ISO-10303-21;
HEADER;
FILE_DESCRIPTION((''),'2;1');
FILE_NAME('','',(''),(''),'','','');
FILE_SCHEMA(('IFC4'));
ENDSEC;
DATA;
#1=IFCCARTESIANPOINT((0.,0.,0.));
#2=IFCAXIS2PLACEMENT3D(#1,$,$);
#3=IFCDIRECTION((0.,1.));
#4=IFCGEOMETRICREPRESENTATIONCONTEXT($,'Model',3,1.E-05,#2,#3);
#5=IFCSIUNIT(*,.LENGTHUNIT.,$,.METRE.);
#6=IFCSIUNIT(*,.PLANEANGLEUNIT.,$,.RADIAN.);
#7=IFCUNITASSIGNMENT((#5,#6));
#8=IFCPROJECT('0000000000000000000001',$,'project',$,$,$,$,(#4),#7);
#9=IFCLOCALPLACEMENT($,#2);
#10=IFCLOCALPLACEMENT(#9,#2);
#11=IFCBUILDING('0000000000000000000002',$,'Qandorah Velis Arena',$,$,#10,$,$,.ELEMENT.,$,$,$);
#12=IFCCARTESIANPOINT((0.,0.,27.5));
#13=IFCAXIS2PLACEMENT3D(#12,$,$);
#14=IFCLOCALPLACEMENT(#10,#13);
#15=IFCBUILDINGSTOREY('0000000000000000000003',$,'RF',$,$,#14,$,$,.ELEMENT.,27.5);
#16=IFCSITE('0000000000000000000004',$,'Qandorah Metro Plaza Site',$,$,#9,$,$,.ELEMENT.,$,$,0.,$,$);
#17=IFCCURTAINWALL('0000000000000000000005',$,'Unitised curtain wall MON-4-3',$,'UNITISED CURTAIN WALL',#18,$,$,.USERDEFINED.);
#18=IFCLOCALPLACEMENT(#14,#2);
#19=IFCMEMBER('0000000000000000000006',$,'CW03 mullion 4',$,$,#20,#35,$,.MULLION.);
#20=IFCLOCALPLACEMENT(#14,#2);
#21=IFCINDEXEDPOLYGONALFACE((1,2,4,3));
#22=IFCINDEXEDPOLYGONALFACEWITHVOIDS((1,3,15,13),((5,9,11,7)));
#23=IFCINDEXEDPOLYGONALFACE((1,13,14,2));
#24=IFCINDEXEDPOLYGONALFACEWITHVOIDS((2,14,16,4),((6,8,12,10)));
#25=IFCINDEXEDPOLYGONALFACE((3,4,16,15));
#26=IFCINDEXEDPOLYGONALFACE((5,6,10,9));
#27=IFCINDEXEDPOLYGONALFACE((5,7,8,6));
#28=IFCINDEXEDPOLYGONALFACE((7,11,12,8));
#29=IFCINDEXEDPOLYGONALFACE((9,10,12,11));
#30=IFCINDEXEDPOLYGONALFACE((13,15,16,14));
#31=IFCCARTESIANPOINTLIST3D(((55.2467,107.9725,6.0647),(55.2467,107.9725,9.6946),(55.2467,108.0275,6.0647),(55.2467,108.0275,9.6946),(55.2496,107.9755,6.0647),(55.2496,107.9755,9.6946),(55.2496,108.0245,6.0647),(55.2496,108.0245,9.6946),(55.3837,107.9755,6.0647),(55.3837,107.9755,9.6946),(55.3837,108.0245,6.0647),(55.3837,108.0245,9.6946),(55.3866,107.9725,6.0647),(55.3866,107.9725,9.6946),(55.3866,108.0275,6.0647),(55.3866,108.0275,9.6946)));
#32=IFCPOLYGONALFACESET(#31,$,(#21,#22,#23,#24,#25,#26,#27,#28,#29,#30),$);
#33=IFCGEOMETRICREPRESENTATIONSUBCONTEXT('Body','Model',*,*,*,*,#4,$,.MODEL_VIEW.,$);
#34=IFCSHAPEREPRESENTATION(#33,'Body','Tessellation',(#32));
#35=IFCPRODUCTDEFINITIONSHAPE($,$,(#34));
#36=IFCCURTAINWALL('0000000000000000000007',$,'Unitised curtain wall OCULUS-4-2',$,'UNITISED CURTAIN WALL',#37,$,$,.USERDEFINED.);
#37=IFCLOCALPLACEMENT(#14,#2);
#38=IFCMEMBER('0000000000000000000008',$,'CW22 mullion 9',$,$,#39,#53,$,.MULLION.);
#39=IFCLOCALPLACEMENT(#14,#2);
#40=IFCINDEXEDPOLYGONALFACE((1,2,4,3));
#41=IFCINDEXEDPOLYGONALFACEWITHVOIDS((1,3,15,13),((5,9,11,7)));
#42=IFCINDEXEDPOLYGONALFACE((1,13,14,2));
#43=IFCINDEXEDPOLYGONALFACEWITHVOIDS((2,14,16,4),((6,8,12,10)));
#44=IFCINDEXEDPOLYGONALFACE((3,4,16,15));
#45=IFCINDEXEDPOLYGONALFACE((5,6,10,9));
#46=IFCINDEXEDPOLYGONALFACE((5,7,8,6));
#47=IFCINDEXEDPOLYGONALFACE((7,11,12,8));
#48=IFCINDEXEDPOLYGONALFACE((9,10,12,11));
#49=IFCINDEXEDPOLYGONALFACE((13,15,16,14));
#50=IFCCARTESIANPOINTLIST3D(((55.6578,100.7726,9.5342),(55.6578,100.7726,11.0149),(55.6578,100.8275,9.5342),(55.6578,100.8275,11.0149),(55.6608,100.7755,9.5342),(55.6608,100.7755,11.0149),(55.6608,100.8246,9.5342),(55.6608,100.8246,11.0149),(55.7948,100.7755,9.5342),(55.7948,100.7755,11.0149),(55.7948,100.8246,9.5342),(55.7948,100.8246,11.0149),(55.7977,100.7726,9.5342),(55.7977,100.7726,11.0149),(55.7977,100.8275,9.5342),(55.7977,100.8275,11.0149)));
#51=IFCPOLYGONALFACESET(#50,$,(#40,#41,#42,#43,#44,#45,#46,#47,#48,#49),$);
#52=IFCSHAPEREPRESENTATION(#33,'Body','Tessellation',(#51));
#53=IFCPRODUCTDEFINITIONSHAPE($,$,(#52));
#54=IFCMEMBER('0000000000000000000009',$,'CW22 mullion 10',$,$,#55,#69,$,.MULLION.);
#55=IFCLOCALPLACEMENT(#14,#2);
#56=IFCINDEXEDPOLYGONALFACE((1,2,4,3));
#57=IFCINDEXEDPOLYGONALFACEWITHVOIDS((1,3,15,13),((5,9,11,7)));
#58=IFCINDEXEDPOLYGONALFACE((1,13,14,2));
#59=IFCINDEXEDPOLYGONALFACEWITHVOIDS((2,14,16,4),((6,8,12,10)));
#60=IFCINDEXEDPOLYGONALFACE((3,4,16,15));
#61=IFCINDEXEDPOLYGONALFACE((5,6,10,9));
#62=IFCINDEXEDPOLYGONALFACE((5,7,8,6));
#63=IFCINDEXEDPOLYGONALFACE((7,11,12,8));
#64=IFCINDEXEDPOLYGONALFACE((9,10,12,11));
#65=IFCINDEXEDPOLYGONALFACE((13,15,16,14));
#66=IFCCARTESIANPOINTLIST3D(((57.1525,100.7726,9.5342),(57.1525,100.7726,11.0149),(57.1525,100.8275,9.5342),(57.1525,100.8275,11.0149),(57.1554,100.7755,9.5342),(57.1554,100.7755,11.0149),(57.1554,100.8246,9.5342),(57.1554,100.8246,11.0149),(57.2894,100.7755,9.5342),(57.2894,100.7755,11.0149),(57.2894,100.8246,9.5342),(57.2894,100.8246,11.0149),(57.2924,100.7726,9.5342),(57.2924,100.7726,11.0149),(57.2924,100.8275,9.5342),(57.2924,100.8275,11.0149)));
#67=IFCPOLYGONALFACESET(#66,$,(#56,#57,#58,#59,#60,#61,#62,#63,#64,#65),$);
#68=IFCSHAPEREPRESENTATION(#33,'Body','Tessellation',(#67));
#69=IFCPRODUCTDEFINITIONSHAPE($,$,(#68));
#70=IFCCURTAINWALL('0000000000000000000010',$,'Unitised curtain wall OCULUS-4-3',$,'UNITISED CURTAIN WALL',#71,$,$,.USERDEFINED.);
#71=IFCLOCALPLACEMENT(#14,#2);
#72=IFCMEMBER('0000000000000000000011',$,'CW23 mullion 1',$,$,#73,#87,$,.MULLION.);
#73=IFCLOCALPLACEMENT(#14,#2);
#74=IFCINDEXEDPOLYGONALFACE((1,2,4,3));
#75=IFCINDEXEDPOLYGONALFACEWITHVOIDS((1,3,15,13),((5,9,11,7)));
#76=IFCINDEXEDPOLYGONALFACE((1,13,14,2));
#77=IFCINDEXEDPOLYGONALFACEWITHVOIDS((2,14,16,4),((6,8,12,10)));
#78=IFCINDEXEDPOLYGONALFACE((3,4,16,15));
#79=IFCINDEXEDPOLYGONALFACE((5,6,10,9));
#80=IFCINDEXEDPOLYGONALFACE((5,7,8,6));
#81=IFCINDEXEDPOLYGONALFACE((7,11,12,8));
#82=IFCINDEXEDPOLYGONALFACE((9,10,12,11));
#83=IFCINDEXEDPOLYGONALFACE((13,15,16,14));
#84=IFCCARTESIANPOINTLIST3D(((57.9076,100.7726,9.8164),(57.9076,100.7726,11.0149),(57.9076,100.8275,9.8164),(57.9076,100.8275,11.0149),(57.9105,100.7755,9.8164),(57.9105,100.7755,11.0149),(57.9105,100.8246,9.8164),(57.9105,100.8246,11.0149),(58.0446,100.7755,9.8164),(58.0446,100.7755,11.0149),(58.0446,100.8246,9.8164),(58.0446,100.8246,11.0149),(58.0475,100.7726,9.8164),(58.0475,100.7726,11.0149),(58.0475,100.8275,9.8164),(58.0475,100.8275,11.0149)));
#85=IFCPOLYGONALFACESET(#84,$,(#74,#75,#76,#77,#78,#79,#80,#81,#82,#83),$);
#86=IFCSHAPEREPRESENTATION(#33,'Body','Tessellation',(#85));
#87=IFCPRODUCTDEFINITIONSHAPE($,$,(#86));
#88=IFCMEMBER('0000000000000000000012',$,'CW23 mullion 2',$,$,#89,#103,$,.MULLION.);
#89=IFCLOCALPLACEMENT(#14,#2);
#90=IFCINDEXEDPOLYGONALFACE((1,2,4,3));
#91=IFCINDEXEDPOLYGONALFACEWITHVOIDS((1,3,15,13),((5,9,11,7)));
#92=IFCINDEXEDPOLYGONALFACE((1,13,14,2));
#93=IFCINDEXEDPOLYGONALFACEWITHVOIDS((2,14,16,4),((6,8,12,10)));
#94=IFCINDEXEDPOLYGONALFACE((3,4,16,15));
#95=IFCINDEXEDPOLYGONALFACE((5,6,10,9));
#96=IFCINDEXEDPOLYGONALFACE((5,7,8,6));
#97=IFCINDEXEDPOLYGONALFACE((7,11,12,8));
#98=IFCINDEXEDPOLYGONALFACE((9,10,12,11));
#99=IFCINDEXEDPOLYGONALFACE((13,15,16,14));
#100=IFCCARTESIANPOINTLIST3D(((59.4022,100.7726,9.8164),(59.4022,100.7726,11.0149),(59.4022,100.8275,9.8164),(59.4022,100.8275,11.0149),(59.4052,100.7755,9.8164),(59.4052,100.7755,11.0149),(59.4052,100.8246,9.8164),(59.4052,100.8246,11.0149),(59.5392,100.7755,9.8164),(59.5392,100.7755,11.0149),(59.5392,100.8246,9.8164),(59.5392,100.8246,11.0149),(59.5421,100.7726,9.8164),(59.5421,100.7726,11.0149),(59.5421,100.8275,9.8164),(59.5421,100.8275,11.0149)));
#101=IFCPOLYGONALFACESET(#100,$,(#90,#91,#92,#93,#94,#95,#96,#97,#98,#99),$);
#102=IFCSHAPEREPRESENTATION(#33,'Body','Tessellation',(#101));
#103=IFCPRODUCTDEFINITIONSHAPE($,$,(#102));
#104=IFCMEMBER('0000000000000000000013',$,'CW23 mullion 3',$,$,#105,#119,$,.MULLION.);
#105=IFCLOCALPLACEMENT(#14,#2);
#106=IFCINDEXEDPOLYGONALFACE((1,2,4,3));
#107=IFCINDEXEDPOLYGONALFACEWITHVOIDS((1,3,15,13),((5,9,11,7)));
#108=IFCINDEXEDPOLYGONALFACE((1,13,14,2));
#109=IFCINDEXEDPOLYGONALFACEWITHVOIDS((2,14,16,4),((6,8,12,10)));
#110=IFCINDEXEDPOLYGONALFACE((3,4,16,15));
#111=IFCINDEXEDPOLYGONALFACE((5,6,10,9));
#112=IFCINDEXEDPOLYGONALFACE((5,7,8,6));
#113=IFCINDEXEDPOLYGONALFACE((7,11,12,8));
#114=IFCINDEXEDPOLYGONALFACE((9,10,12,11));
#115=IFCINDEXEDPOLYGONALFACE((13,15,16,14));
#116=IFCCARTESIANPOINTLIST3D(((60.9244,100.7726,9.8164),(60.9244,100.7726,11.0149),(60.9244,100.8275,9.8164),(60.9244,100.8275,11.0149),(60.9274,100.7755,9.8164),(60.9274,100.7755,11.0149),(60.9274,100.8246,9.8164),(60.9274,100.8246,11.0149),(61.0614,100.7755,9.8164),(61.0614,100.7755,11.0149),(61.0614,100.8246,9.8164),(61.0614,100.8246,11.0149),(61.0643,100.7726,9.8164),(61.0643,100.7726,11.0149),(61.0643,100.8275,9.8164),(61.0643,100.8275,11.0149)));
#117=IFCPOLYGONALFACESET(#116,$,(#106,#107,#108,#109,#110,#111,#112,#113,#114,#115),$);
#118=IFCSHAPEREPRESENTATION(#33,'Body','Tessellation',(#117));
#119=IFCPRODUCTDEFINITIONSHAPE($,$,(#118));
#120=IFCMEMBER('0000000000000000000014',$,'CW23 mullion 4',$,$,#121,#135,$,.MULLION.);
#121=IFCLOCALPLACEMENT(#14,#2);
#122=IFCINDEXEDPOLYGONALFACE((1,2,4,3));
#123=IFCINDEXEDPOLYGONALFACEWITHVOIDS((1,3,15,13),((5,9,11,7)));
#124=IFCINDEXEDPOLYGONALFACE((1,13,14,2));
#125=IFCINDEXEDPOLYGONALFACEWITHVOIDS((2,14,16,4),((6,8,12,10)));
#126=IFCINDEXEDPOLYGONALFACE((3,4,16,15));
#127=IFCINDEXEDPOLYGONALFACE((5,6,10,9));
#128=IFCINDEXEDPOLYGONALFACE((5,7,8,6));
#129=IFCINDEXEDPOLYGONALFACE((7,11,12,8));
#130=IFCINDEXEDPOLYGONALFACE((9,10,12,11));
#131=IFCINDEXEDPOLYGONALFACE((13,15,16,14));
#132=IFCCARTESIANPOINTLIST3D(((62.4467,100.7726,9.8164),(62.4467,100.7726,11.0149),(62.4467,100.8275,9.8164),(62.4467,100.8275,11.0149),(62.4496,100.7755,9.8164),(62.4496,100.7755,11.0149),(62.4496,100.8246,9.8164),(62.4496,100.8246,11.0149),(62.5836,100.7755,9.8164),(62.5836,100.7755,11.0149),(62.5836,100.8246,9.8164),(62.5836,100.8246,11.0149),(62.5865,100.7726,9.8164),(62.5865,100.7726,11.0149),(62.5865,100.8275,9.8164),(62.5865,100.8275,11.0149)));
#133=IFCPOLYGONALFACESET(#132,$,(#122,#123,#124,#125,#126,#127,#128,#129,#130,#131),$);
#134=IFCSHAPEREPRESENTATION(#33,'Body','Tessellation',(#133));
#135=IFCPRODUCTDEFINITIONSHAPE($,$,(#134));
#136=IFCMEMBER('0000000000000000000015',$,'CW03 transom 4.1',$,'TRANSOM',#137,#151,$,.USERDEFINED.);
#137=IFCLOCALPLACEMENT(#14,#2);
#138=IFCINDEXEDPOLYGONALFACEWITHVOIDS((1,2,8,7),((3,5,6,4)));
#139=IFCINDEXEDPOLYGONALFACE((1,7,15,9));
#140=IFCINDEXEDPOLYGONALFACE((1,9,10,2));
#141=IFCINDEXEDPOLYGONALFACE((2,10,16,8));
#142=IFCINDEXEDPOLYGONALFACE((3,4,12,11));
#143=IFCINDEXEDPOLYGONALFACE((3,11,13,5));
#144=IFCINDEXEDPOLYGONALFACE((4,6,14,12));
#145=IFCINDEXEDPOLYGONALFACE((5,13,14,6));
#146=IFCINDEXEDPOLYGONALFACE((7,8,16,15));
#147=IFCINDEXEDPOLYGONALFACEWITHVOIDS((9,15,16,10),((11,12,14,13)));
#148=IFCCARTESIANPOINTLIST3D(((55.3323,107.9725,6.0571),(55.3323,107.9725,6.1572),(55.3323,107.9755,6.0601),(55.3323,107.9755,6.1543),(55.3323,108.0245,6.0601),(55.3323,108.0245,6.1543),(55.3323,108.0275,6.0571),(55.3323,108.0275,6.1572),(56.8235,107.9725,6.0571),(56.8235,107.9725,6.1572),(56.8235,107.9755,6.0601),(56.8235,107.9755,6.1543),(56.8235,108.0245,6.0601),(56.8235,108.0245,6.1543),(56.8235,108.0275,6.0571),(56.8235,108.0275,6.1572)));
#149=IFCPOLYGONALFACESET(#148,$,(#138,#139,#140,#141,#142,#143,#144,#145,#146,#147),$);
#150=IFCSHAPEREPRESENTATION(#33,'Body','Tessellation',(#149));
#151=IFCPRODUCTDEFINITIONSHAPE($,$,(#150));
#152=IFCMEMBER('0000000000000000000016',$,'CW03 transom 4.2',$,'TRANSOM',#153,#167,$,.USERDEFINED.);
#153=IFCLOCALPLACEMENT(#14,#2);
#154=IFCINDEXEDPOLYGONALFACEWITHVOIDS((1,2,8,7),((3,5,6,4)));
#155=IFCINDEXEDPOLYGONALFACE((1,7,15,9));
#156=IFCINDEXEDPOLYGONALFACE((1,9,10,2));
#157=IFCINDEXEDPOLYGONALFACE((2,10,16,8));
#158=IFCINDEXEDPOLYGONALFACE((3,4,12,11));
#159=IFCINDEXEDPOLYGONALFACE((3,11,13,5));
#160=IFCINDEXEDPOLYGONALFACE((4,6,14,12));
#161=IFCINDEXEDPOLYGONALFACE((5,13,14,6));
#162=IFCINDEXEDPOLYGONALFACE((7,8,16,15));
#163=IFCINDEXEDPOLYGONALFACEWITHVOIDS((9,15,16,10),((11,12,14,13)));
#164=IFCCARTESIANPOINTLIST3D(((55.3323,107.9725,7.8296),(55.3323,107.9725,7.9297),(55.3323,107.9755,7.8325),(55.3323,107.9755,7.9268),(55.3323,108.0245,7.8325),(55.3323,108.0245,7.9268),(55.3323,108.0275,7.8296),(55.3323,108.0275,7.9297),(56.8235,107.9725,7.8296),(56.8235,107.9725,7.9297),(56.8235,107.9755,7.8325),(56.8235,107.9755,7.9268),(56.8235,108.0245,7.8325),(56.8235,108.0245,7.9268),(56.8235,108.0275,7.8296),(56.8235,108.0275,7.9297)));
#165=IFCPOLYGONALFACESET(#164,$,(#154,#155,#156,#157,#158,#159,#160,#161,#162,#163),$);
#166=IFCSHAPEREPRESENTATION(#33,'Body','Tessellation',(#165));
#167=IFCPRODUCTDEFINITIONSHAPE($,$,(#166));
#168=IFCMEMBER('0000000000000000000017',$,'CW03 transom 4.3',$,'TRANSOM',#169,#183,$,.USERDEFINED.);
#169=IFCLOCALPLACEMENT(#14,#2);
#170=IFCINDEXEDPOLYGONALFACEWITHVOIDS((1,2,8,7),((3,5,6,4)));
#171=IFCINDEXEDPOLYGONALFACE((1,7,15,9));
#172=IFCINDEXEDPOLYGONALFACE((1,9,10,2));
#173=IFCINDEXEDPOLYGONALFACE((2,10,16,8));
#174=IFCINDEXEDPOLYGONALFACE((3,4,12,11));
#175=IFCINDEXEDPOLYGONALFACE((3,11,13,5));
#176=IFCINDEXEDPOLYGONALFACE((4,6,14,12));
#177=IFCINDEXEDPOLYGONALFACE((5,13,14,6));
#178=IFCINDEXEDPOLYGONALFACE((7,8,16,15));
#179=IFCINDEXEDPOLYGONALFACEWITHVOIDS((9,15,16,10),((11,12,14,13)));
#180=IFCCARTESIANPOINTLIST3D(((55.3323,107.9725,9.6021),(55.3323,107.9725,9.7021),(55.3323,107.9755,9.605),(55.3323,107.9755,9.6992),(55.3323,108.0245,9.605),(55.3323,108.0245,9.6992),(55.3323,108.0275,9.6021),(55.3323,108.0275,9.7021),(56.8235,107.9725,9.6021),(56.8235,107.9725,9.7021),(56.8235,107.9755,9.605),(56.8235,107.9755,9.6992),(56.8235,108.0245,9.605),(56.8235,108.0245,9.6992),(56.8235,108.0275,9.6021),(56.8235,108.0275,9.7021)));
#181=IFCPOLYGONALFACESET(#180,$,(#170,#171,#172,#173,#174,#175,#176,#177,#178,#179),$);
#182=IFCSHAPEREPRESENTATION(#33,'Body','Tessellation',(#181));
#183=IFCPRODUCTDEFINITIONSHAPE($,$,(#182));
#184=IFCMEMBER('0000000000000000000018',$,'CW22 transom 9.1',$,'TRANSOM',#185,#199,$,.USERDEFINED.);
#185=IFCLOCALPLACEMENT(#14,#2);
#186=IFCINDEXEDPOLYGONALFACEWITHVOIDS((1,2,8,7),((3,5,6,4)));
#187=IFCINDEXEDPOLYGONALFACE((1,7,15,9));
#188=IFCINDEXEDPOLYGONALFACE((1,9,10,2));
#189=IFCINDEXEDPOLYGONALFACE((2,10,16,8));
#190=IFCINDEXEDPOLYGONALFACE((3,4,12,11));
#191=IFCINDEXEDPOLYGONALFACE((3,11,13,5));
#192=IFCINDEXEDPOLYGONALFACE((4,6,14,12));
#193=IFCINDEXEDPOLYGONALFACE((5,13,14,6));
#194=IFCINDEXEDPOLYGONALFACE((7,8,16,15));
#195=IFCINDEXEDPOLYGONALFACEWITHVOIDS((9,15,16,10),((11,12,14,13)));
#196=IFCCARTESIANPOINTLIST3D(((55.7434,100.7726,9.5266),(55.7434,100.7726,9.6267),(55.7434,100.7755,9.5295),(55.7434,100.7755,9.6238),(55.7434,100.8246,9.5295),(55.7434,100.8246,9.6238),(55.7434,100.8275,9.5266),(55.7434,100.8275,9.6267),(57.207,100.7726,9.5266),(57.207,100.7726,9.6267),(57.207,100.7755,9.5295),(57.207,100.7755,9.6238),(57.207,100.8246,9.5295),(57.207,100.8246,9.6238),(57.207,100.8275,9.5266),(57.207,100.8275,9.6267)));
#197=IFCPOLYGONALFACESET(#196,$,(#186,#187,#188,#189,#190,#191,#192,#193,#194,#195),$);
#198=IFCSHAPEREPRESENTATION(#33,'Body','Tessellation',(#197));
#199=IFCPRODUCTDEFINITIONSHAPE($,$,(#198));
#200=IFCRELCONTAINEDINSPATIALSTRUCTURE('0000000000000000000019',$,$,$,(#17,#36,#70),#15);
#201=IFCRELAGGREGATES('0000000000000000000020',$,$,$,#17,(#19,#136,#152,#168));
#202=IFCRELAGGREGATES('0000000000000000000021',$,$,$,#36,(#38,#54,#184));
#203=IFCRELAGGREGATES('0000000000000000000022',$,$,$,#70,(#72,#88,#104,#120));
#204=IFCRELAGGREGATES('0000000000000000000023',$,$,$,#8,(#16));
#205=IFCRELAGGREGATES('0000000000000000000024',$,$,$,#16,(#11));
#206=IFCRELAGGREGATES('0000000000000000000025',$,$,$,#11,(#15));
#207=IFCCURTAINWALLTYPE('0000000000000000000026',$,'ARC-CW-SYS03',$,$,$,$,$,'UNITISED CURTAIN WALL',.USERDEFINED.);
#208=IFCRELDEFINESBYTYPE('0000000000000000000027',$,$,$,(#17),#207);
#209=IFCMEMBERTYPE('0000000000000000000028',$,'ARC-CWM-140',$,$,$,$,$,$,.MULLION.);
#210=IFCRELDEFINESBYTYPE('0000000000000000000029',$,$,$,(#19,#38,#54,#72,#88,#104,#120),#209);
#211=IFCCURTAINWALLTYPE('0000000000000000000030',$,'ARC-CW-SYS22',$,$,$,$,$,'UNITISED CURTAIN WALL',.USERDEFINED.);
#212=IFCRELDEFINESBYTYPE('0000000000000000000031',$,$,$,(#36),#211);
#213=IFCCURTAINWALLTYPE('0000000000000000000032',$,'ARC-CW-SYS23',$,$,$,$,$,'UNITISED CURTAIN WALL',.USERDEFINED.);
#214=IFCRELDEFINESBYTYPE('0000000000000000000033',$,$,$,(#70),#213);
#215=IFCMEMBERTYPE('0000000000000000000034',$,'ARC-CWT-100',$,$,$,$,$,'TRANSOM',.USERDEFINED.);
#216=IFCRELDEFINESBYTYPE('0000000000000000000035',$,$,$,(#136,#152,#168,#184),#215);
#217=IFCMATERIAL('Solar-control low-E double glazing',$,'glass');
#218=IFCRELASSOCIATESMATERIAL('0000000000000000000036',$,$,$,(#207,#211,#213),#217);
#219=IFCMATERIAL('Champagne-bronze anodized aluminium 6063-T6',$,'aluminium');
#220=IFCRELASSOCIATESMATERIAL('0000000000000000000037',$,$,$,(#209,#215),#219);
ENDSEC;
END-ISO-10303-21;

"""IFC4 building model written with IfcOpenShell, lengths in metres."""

from ifc_helpers import new_model, si_unit, direction, frame, origin, origin_2d, place, context, subcontext, project, spatial, hollow_rectangle, extrude, material, material_profile, profile_set, type_object, element, aggregate, save


model = new_model("IFC4")

# Units and contexts
model_context = context("Model", 3, precision=1e-05, world=origin(), true_north=direction((0.0, 1.0)))
body_context = subcontext(model_context, "Body", "Model", "MODEL_VIEW")
ifc_project = project(units=[si_unit("LENGTHUNIT", "METRE"), si_unit("PLANEANGLEUNIT", "RADIAN")], contexts=[model_context])

# Site, building, storey
site_placement = place(None, origin())
site = spatial("IfcSite", under=ifc_project, at=site_placement, Name="Qandorah Metro Plaza Site", CompositionType="ELEMENT", RefElevation=0.0)
building_placement = place(site_placement, origin())
building = spatial("IfcBuilding", under=site, at=building_placement, Name="Qandorah Velis Arena", CompositionType="ELEMENT")
storey_placement = place(building_placement, frame((0.0, 0.0, 27.5)))
storey = spatial("IfcBuildingStorey", under=building, at=storey_placement, Name="RF", CompositionType="ELEMENT", Elevation=27.5)

# Curtain wall, member
ifc_material_1 = material(Name="Solar-control low-E double glazing", Category="glass")
curtain_wall_type_1 = type_object("IfcCurtainWallType", Name="ARC-CW-SYS03", ElementType="UNITISED CURTAIN WALL", PredefinedType="USERDEFINED", material=ifc_material_1)
curtain_wall_1_placement = place(storey_placement, origin())
curtain_wall_1 = element("IfcCurtainWall", 1, at=curtain_wall_1_placement, inside=storey, type_object=curtain_wall_type_1, Name="Unitised curtain wall MON-4-3", ObjectType="UNITISED CURTAIN WALL", PredefinedType="USERDEFINED")
ifc_material_2 = material(Name="Champagne-bronze anodized aluminium 6063-T6", Category="aluminium")
ifc_material_profile_1 = material_profile(ifc_material_2, hollow_rectangle(XDim=0.0549, YDim=0.1399, WallThickness=0.0029, at=origin_2d()), Name="ALU MULLION 55x140")
ifc_profile_set_1 = profile_set([ifc_material_profile_1], Name="Champagne-bronze anodized aluminium 6063-T6")
member_type_1 = type_object("IfcMemberType", Name="ARC-CWM-140", PredefinedType="MULLION", material=ifc_profile_set_1)
member_1_placement = place(storey_placement, frame((55.3167, 108.0, 6.0647), z_axis=(0.0, 0.0, 1.0), x_axis=(0.0, 1.0, 0.0)))
member_1 = element("IfcMember", 2, at=member_1_placement, type_object=member_type_1, Name="CW03 mullion 4", PredefinedType="MULLION", context=body_context, shape_type="SweptSolid", body=[
    extrude(hollow_rectangle(XDim=0.0549, YDim=0.1399, WallThickness=0.0029, at=origin_2d()), origin(), (0.0, 0.0, 1.0), 3.6299),
])

# Curtain walls, members
curtain_wall_type_2 = type_object("IfcCurtainWallType", Name="ARC-CW-SYS22", ElementType="UNITISED CURTAIN WALL", PredefinedType="USERDEFINED", material=ifc_material_1)
curtain_wall_2_placement = place(storey_placement, origin())
curtain_wall_2 = element("IfcCurtainWall", 3, at=curtain_wall_2_placement, inside=storey, type_object=curtain_wall_type_2, Name="Unitised curtain wall OCULUS-4-2", ObjectType="UNITISED CURTAIN WALL", PredefinedType="USERDEFINED")
member_2_placement = place(storey_placement, frame((55.7278, 100.8, 9.5342), z_axis=(0.0, 0.0, 1.0), x_axis=(0.0, 1.0, 0.0)))
member_2 = element("IfcMember", 4, at=member_2_placement, type_object=member_type_1, Name="CW22 mullion 9", PredefinedType="MULLION", context=body_context, shape_type="SweptSolid", body=[
    extrude(hollow_rectangle(XDim=0.0549, YDim=0.1399, WallThickness=0.0029, at=origin_2d()), origin(), (0.0, 0.0, 1.0), 1.4807),
])
member_3_placement = place(storey_placement, frame((57.2224, 100.8, 9.5342), z_axis=(0.0, 0.0, 1.0), x_axis=(0.0, 1.0, 0.0)))
member_3 = element("IfcMember", 5, at=member_3_placement, type_object=member_type_1, Name="CW22 mullion 10", PredefinedType="MULLION", context=body_context, shape_type="SweptSolid", body=[
    extrude(hollow_rectangle(XDim=0.0549, YDim=0.1399, WallThickness=0.0029, at=origin_2d()), origin(), (0.0, 0.0, 1.0), 1.4807),
])
curtain_wall_type_3 = type_object("IfcCurtainWallType", Name="ARC-CW-SYS23", ElementType="UNITISED CURTAIN WALL", PredefinedType="USERDEFINED", material=ifc_material_1)
curtain_wall_3_placement = place(storey_placement, origin())
curtain_wall_3 = element("IfcCurtainWall", 6, at=curtain_wall_3_placement, inside=storey, type_object=curtain_wall_type_3, Name="Unitised curtain wall OCULUS-4-3", ObjectType="UNITISED CURTAIN WALL", PredefinedType="USERDEFINED")
member_4_placement = place(storey_placement, frame((57.9775, 100.8, 9.8164), z_axis=(0.0, 0.0, 1.0), x_axis=(0.0, 1.0, 0.0)))
member_4 = element("IfcMember", 7, at=member_4_placement, type_object=member_type_1, Name="CW23 mullion 1", PredefinedType="MULLION", context=body_context, shape_type="SweptSolid", body=[
    extrude(hollow_rectangle(XDim=0.0549, YDim=0.1399, WallThickness=0.0029, at=origin_2d()), origin(), (0.0, 0.0, 1.0), 1.1985),
])
member_5_placement = place(storey_placement, frame((59.4722, 100.8, 9.8164), z_axis=(0.0, 0.0, 1.0), x_axis=(0.0, 1.0, 0.0)))
member_5 = element("IfcMember", 8, at=member_5_placement, type_object=member_type_1, Name="CW23 mullion 2", PredefinedType="MULLION", context=body_context, shape_type="SweptSolid", body=[
    extrude(hollow_rectangle(XDim=0.0549, YDim=0.1399, WallThickness=0.0029, at=origin_2d()), origin(), (0.0, 0.0, 1.0), 1.1985),
])
member_6_placement = place(storey_placement, frame((60.9944, 100.8, 9.8164), z_axis=(0.0, 0.0, 1.0), x_axis=(0.0, 1.0, 0.0)))
member_6 = element("IfcMember", 9, at=member_6_placement, type_object=member_type_1, Name="CW23 mullion 3", PredefinedType="MULLION", context=body_context, shape_type="SweptSolid", body=[
    extrude(hollow_rectangle(XDim=0.0549, YDim=0.1399, WallThickness=0.0029, at=origin_2d()), origin(), (0.0, 0.0, 1.0), 1.1985),
])
member_7_placement = place(storey_placement, frame((62.5166, 100.8, 9.8164), z_axis=(0.0, 0.0, 1.0), x_axis=(0.0, 1.0, 0.0)))
member_7 = element("IfcMember", 10, at=member_7_placement, type_object=member_type_1, Name="CW23 mullion 4", PredefinedType="MULLION", context=body_context, shape_type="SweptSolid", body=[
    extrude(hollow_rectangle(XDim=0.0549, YDim=0.1399, WallThickness=0.0029, at=origin_2d()), origin(), (0.0, 0.0, 1.0), 1.1985),
])

# Members
ifc_material_profile_2 = material_profile(ifc_material_2, hollow_rectangle(XDim=0.0549, YDim=0.1001, WallThickness=0.0029, at=origin_2d()), Name="ALU TRANSOM 55x100")
ifc_profile_set_2 = profile_set([ifc_material_profile_2], Name="Champagne-bronze anodized aluminium 6063-T6")
member_type_2 = type_object("IfcMemberType", Name="ARC-CWT-100", ElementType="TRANSOM", PredefinedType="USERDEFINED", material=ifc_profile_set_2)
member_8_placement = place(storey_placement, frame((55.3323, 108.0, 6.1072), z_axis=(1.0, 0.0, 0.0), x_axis=(0.0, 1.0, 0.0)))
member_8 = element("IfcMember", 11, at=member_8_placement, type_object=member_type_2, Name="CW03 transom 4.1", ObjectType="TRANSOM", PredefinedType="USERDEFINED", context=body_context, shape_type="SweptSolid", body=[
    extrude(hollow_rectangle(XDim=0.0549, YDim=0.1001, WallThickness=0.0029, at=origin_2d()), origin(), (0.0, 0.0, 1.0), 1.4912),
])
member_9_placement = place(storey_placement, frame((55.3323, 108.0, 7.8796), z_axis=(1.0, 0.0, 0.0), x_axis=(0.0, 1.0, 0.0)))
member_9 = element("IfcMember", 12, at=member_9_placement, type_object=member_type_2, Name="CW03 transom 4.2", ObjectType="TRANSOM", PredefinedType="USERDEFINED", context=body_context, shape_type="SweptSolid", body=[
    extrude(hollow_rectangle(XDim=0.0549, YDim=0.1001, WallThickness=0.0029, at=origin_2d()), origin(), (0.0, 0.0, 1.0), 1.4912),
])
member_10_placement = place(storey_placement, frame((55.3323, 108.0, 9.6521), z_axis=(1.0, 0.0, 0.0), x_axis=(0.0, 1.0, 0.0)))
member_10 = element("IfcMember", 13, at=member_10_placement, type_object=member_type_2, Name="CW03 transom 4.3", ObjectType="TRANSOM", PredefinedType="USERDEFINED", context=body_context, shape_type="SweptSolid", body=[
    extrude(hollow_rectangle(XDim=0.0549, YDim=0.1001, WallThickness=0.0029, at=origin_2d()), origin(), (0.0, 0.0, 1.0), 1.4912),
])
aggregate(curtain_wall_1, [member_1, member_8, member_9, member_10])
member_11_placement = place(storey_placement, frame((55.7434, 100.8, 9.5767), z_axis=(1.0, 0.0, 0.0), x_axis=(0.0, 1.0, 0.0)))
member_11 = element("IfcMember", 14, at=member_11_placement, type_object=member_type_2, Name="CW22 transom 9.1", ObjectType="TRANSOM", PredefinedType="USERDEFINED", context=body_context, shape_type="SweptSolid", body=[
    extrude(hollow_rectangle(XDim=0.0549, YDim=0.1001, WallThickness=0.0029, at=origin_2d()), origin(), (0.0, 0.0, 1.0), 1.4636),
])

aggregate(curtain_wall_2, [member_2, member_3, member_11])
aggregate(curtain_wall_3, [member_4, member_5, member_6, member_7])

save(model, "model.ifc")
